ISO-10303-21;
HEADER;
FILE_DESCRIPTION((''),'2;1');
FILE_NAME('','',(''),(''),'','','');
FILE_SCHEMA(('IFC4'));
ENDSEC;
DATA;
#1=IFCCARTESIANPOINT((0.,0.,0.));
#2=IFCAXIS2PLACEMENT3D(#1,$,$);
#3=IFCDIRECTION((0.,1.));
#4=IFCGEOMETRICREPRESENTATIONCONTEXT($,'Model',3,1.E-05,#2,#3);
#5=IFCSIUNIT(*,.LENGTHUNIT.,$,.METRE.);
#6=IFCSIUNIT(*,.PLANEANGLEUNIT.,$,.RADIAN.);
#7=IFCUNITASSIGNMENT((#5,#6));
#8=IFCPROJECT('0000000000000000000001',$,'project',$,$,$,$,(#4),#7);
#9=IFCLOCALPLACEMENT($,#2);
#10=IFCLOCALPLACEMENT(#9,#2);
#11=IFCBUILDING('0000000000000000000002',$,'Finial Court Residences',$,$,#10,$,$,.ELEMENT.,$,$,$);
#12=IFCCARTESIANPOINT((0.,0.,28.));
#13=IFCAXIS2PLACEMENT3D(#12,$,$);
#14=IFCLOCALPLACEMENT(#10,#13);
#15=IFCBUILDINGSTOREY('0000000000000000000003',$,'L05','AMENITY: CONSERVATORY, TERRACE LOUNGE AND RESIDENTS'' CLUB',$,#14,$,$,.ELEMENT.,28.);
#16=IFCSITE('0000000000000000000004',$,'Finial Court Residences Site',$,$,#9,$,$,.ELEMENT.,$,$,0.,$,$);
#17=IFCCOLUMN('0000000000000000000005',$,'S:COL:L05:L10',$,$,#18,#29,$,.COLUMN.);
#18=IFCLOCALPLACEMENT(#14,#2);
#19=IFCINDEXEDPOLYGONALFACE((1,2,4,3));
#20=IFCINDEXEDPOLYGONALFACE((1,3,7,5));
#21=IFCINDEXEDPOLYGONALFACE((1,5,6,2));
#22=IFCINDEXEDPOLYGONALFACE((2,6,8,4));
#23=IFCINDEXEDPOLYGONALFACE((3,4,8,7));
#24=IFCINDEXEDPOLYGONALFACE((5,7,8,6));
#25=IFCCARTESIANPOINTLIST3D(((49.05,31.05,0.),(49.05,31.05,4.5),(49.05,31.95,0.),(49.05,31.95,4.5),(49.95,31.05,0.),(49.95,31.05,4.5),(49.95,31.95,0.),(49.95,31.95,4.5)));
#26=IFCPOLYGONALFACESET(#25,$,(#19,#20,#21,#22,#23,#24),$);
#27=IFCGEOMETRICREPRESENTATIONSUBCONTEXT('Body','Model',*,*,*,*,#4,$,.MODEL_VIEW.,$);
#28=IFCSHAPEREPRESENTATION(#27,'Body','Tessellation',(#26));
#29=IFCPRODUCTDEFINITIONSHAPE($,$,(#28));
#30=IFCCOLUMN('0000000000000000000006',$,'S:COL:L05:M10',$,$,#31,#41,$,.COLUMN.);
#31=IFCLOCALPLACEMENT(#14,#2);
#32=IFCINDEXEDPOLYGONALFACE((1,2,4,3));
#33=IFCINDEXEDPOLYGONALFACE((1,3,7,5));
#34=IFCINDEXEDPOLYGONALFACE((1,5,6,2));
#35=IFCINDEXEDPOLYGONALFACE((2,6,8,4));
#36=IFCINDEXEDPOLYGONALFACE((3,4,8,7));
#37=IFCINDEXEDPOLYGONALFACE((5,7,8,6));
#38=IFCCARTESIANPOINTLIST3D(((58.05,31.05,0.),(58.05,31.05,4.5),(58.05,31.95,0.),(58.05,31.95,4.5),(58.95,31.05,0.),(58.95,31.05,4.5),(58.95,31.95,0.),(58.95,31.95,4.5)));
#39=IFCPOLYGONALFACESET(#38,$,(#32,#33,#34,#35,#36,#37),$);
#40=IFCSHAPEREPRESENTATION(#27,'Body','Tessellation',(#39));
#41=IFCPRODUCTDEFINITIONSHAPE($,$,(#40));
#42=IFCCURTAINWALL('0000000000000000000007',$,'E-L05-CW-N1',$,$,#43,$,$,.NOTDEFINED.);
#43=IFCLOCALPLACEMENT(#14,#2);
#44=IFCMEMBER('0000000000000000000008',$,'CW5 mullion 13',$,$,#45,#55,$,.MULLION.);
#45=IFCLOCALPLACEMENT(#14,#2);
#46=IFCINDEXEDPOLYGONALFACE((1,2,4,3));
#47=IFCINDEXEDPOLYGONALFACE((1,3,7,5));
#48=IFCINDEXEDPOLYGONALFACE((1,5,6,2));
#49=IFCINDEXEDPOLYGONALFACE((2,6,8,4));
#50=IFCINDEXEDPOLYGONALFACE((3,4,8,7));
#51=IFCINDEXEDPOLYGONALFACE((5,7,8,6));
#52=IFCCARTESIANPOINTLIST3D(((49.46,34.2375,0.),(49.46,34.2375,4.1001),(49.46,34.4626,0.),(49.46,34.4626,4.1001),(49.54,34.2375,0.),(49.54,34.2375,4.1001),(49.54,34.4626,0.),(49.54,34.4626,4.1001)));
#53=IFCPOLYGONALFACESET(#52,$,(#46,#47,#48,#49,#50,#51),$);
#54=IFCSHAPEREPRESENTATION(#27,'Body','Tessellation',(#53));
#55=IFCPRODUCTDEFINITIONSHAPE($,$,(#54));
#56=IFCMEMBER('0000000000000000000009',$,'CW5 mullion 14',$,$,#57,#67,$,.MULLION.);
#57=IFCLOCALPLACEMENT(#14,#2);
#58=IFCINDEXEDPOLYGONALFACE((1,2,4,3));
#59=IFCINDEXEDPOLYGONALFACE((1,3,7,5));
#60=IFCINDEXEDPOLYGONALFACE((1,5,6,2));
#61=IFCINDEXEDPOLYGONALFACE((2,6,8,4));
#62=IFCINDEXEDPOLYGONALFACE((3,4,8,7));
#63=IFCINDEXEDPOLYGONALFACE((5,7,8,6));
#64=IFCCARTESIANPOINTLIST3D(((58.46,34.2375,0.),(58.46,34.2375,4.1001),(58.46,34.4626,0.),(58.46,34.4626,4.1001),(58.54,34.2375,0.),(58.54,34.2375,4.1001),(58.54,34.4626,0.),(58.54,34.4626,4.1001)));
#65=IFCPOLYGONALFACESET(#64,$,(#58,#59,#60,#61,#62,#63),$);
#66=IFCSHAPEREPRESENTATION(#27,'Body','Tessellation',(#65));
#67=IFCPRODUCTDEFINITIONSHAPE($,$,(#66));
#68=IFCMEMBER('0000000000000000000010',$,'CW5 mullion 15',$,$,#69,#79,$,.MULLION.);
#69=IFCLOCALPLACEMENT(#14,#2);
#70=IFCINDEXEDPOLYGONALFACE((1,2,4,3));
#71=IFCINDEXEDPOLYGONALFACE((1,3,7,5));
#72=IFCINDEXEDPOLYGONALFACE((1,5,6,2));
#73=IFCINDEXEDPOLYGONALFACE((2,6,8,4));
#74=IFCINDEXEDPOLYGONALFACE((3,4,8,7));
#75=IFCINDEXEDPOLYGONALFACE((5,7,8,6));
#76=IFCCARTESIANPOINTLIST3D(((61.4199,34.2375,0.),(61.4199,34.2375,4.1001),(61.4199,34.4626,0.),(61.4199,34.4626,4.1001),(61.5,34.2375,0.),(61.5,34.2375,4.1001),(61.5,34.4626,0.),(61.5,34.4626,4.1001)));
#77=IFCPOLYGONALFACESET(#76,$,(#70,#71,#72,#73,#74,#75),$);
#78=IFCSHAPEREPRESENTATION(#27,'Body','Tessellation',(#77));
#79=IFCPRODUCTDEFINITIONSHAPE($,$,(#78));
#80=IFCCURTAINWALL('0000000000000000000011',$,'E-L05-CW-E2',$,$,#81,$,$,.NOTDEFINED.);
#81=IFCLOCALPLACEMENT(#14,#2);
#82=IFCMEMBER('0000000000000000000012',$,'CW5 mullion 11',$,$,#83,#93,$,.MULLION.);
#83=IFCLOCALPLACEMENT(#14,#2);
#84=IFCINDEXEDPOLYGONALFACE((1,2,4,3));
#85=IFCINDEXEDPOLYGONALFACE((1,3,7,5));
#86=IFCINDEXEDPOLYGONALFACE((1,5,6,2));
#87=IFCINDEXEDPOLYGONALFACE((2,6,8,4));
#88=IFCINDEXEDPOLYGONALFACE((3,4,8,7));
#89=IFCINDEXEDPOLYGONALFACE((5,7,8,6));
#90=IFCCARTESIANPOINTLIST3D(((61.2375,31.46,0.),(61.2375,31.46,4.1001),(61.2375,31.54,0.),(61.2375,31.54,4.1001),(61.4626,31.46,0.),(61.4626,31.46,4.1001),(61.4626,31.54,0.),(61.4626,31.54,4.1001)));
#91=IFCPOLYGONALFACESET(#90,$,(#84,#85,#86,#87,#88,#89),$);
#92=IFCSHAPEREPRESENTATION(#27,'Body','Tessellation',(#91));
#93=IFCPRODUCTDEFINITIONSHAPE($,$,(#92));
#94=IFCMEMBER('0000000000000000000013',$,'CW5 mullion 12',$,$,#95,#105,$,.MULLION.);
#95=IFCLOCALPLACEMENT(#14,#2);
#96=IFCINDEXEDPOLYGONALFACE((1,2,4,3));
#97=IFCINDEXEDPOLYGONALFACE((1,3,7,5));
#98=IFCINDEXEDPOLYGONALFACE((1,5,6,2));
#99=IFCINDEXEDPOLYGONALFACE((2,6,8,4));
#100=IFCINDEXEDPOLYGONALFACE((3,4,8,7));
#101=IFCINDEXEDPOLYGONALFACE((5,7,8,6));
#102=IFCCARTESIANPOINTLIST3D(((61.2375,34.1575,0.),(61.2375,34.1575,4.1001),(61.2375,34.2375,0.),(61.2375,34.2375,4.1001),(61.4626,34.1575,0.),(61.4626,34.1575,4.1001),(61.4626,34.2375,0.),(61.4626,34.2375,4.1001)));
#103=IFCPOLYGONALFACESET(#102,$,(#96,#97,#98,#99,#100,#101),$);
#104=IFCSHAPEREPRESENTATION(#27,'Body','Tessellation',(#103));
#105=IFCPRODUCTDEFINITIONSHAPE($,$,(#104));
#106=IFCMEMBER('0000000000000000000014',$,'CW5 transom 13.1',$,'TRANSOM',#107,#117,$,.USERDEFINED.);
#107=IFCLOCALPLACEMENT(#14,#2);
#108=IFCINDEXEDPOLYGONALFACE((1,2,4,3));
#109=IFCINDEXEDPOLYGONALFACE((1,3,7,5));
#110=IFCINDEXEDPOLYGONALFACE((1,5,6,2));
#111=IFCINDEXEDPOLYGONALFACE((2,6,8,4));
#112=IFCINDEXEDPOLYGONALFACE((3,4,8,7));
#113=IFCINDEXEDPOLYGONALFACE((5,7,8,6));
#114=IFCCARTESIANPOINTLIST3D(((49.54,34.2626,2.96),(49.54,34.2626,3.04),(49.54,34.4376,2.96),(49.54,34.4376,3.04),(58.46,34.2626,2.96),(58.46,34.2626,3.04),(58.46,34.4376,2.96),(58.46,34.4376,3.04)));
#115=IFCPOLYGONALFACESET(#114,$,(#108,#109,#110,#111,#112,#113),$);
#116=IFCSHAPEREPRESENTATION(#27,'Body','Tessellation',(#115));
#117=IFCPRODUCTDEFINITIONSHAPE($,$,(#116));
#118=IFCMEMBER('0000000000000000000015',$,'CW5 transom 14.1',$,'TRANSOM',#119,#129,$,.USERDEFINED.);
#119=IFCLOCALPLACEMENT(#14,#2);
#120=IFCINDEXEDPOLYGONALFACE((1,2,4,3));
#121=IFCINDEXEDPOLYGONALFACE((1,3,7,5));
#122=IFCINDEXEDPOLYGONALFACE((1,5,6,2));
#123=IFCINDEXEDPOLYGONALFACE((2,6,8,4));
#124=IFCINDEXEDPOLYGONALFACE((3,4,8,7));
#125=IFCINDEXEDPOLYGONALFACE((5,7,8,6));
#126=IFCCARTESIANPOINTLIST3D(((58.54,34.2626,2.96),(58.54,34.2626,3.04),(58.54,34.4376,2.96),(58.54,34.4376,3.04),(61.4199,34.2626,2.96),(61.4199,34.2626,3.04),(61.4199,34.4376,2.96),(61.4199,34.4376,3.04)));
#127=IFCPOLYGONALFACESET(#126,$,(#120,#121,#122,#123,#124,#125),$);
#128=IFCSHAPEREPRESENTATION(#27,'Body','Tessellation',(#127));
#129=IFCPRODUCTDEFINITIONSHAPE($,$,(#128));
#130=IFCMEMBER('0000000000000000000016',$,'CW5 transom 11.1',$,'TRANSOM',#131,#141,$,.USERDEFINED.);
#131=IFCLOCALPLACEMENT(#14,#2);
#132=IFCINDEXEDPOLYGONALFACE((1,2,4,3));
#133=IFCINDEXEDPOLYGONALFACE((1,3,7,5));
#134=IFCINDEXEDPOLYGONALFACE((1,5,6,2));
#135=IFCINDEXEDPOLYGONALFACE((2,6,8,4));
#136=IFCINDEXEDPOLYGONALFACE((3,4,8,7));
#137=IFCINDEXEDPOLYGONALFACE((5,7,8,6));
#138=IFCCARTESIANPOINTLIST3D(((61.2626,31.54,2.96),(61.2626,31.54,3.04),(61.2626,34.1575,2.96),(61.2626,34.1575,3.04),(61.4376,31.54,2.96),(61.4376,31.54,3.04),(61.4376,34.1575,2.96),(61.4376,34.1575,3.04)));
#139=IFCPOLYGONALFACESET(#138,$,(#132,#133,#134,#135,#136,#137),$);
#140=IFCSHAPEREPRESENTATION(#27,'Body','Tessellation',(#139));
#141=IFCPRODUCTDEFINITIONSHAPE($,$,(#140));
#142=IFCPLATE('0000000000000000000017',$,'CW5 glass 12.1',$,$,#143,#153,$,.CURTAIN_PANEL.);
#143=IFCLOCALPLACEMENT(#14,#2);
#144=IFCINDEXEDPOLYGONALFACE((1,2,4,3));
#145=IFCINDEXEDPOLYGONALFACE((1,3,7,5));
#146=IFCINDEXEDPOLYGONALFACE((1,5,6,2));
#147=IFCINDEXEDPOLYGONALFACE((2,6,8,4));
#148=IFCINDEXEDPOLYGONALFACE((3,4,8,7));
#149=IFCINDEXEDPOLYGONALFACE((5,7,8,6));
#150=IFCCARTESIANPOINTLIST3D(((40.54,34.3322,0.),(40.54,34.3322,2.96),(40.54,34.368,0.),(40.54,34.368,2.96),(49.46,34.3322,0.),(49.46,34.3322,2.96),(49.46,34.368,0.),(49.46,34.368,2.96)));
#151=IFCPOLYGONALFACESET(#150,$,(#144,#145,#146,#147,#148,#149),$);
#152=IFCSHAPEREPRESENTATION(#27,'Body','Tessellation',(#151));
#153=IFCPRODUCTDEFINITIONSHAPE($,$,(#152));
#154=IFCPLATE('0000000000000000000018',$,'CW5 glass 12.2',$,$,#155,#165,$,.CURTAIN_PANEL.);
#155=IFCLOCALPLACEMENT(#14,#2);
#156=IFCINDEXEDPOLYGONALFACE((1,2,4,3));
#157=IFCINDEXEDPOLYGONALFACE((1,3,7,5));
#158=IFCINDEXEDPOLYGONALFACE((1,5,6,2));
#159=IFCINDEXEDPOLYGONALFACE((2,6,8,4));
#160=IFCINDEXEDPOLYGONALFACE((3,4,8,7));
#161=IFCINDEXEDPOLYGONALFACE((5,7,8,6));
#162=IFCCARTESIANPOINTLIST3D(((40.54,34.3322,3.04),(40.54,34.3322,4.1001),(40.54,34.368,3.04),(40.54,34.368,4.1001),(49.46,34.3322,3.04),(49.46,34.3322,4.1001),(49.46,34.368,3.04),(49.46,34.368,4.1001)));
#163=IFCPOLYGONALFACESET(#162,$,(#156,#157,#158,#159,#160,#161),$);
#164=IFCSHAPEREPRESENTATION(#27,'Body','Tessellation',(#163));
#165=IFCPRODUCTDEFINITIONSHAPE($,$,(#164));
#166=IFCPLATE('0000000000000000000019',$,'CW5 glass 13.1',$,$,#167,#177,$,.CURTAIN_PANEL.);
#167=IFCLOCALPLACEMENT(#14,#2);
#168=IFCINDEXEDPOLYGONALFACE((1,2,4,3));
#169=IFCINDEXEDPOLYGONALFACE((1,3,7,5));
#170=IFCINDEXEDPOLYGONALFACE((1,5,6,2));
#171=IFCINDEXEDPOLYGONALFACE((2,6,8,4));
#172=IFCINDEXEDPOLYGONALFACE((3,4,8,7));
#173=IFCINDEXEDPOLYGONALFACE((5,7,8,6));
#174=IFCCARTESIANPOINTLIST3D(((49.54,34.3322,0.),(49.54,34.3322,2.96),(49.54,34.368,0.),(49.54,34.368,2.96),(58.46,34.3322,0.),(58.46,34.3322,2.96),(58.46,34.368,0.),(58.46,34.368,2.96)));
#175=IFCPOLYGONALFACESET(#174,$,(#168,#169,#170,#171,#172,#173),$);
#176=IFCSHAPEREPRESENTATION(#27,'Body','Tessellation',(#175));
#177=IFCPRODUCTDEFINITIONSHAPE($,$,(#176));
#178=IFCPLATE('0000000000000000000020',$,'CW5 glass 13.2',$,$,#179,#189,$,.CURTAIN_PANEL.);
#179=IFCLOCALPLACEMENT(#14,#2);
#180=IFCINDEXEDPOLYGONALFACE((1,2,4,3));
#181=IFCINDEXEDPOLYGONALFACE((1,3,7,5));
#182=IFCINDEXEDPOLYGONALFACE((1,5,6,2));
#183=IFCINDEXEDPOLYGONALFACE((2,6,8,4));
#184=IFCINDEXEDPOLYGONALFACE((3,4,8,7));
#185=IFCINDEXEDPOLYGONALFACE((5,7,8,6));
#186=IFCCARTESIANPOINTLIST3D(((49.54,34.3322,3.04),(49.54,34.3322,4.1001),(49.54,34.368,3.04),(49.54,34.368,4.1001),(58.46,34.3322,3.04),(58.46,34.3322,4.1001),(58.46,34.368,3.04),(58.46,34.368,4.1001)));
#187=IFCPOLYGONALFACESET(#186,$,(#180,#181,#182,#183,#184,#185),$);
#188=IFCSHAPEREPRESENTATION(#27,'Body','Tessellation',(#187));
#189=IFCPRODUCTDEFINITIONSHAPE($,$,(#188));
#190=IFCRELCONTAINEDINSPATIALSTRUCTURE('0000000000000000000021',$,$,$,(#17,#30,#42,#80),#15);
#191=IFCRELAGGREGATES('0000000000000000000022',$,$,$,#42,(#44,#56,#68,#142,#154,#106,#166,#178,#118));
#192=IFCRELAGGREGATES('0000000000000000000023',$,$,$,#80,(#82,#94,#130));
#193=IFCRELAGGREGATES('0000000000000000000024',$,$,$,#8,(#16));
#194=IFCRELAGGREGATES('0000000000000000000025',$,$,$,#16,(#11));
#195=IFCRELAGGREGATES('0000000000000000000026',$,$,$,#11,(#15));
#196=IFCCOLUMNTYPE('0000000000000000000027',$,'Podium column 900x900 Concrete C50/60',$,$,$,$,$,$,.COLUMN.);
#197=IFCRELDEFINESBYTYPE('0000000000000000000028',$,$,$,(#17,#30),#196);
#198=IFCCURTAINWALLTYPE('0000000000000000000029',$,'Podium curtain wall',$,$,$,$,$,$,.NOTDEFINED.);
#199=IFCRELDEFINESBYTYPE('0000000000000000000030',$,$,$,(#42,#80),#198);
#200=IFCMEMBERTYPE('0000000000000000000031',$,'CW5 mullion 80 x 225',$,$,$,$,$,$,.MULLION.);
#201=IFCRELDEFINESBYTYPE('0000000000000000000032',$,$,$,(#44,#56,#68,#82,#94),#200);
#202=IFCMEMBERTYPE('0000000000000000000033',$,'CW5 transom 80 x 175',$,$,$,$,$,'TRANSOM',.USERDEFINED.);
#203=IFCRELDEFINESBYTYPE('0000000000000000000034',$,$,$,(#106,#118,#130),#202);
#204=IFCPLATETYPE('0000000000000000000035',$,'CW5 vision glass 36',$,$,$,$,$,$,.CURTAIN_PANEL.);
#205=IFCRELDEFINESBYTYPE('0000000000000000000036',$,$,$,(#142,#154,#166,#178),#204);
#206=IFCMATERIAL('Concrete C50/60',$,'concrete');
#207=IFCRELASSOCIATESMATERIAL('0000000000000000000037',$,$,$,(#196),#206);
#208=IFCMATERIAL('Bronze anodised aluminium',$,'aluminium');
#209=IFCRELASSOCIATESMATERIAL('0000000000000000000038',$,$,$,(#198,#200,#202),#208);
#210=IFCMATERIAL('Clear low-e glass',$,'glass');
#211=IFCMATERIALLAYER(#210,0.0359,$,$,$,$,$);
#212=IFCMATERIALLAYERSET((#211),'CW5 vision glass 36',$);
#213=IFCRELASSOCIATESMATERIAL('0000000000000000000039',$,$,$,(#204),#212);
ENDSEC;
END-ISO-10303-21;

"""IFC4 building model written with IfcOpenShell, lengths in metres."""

from ifc_helpers import new_model, si_unit, direction, frame, origin, origin_2d, place, context, subcontext, project, spatial, rectangle, extrude, material, layer, layer_set, material_profile, profile_set, type_object, element, aggregate, save


model = new_model("IFC4")

# Units and contexts
model_context = context("Model", 3, precision=1e-05, world=origin(), true_north=direction((0.0, 1.0)))
body_context = subcontext(model_context, "Body", "Model", "MODEL_VIEW")
ifc_project = project(units=[si_unit("LENGTHUNIT", "METRE"), si_unit("PLANEANGLEUNIT", "RADIAN")], contexts=[model_context])

# Site, building, storey
site_placement = place(None, origin())
site = spatial("IfcSite", under=ifc_project, at=site_placement, Name="Finial Court Residences Site", CompositionType="ELEMENT", RefElevation=0.0)
building_placement = place(site_placement, origin())
building = spatial("IfcBuilding", under=site, at=building_placement, Name="Finial Court Residences", CompositionType="ELEMENT")
storey_placement = place(building_placement, frame((0.0, 0.0, 28.0)))
storey = spatial("IfcBuildingStorey", under=building, at=storey_placement, Name="L05", Description="AMENITY: CONSERVATORY, TERRACE LOUNGE AND RESIDENTS' CLUB", CompositionType="ELEMENT", Elevation=28.0)

# Columns
ifc_material_1 = material(Name="Concrete C50/60", Category="concrete")
ifc_material_profile_1 = material_profile(ifc_material_1, rectangle(XDim=0.8999, YDim=0.8999, at=origin_2d()), Name="900x900")
ifc_profile_set_1 = profile_set([ifc_material_profile_1], Name="Concrete C50/60")
column_type = type_object("IfcColumnType", Name="Podium column 900x900 Concrete C50/60", PredefinedType="COLUMN", material=ifc_profile_set_1)
for number, where, z_axis, x_axis, name in (
    (1, (49.5, 31.5, 0.0), (0.0, 0.0, 1.0), (1.0, 0.0, 0.0), "S:COL:L05:L10"),
    (2, (58.5, 31.5, 0.0), (0.0, 0.0, 1.0), (1.0, 0.0, 0.0), "S:COL:L05:M10"),
):
    element("IfcColumn", number, at=place(storey_placement, frame(where, z_axis=z_axis, x_axis=x_axis)), inside=storey, type_object=column_type, Name=name, PredefinedType="COLUMN", context=body_context, shape_type="SweptSolid", body=[
        extrude(rectangle(XDim=0.8999, YDim=0.8999, at=origin_2d()), origin(), (0.0, 0.0, 1.0), 4.5),
    ])

# Curtain walls, members
ifc_material_2 = material(Name="Bronze anodised aluminium", Category="aluminium")
curtain_wall_type = type_object("IfcCurtainWallType", Name="Podium curtain wall", PredefinedType="NOTDEFINED", material=ifc_material_2)
curtain_wall_1_placement = place(storey_placement, origin())
curtain_wall_1 = element("IfcCurtainWall", 3, at=curtain_wall_1_placement, inside=storey, type_object=curtain_wall_type, Name="E-L05-CW-N1", PredefinedType="NOTDEFINED")
ifc_material_profile_2 = material_profile(ifc_material_2, rectangle(XDim=0.2251, YDim=0.0801, at=origin_2d()), Name="CW5 mullion 80 x 225")
ifc_profile_set_2 = profile_set([ifc_material_profile_2], Name="Bronze anodised aluminium")
member_type_1 = type_object("IfcMemberType", Name="CW5 mullion 80 x 225", PredefinedType="MULLION", material=ifc_profile_set_2)
member_1_placement = place(storey_placement, frame((49.5, 34.3501, 0.0), z_axis=(0.0, 0.0, 1.0), x_axis=(0.0, 1.0, 0.0)))
member_1 = element("IfcMember", 4, at=member_1_placement, type_object=member_type_1, Name="CW5 mullion 13", PredefinedType="MULLION", context=body_context, shape_type="SweptSolid", body=[
    extrude(rectangle(XDim=0.2251, YDim=0.0801, at=origin_2d()), origin(), (0.0, 0.0, 1.0), 4.1001),
])
member_2_placement = place(storey_placement, frame((58.5, 34.3501, 0.0), z_axis=(0.0, 0.0, 1.0), x_axis=(0.0, 1.0, 0.0)))
member_2 = element("IfcMember", 5, at=member_2_placement, type_object=member_type_1, Name="CW5 mullion 14", PredefinedType="MULLION", context=body_context, shape_type="SweptSolid", body=[
    extrude(rectangle(XDim=0.2251, YDim=0.0801, at=origin_2d()), origin(), (0.0, 0.0, 1.0), 4.1001),
])
member_3_placement = place(storey_placement, frame((61.46, 34.3501, 0.0), z_axis=(0.0, 0.0, 1.0), x_axis=(0.0, 1.0, 0.0)))
member_3 = element("IfcMember", 6, at=member_3_placement, type_object=member_type_1, Name="CW5 mullion 15", PredefinedType="MULLION", context=body_context, shape_type="SweptSolid", body=[
    extrude(rectangle(XDim=0.2251, YDim=0.0801, at=origin_2d()), origin(), (0.0, 0.0, 1.0), 4.1001),
])
curtain_wall_2_placement = place(storey_placement, origin())
curtain_wall_2 = element("IfcCurtainWall", 7, at=curtain_wall_2_placement, inside=storey, type_object=curtain_wall_type, Name="E-L05-CW-E2", PredefinedType="NOTDEFINED")
member_4_placement = place(storey_placement, frame((61.3501, 31.5, 0.0), z_axis=(0.0, 0.0, 1.0), x_axis=(-1.0, 0.0, 0.0)))
member_4 = element("IfcMember", 8, at=member_4_placement, type_object=member_type_1, Name="CW5 mullion 11", PredefinedType="MULLION", context=body_context, shape_type="SweptSolid", body=[
    extrude(rectangle(XDim=0.2251, YDim=0.0801, at=origin_2d()), origin(), (0.0, 0.0, 1.0), 4.1001),
])
member_5_placement = place(storey_placement, frame((61.3501, 34.1975, 0.0), z_axis=(0.0, 0.0, 1.0), x_axis=(-1.0, 0.0, 0.0)))
member_5 = element("IfcMember", 9, at=member_5_placement, type_object=member_type_1, Name="CW5 mullion 12", PredefinedType="MULLION", context=body_context, shape_type="SweptSolid", body=[
    extrude(rectangle(XDim=0.2251, YDim=0.0801, at=origin_2d()), origin(), (0.0, 0.0, 1.0), 4.1001),
])

# Members
ifc_material_profile_3 = material_profile(ifc_material_2, rectangle(XDim=0.175, YDim=0.0801, at=origin_2d()), Name="CW5 transom 80 x 175")
ifc_profile_set_3 = profile_set([ifc_material_profile_3], Name="Bronze anodised aluminium")
member_type_2 = type_object("IfcMemberType", Name="CW5 transom 80 x 175", ElementType="TRANSOM", PredefinedType="USERDEFINED", material=ifc_profile_set_3)
member_6_placement = place(storey_placement, frame((49.54, 34.3501, 3.0), z_axis=(1.0, 0.0, 0.0), x_axis=(0.0, 1.0, 0.0)))
member_6 = element("IfcMember", 10, at=member_6_placement, type_object=member_type_2, Name="CW5 transom 13.1", ObjectType="TRANSOM", PredefinedType="USERDEFINED", context=body_context, shape_type="SweptSolid", body=[
    extrude(rectangle(XDim=0.175, YDim=0.0801, at=origin_2d()), origin(), (0.0, 0.0, 1.0), 8.9199),
])
member_7_placement = place(storey_placement, frame((58.54, 34.3501, 3.0), z_axis=(1.0, 0.0, 0.0), x_axis=(0.0, 1.0, 0.0)))
member_7 = element("IfcMember", 11, at=member_7_placement, type_object=member_type_2, Name="CW5 transom 14.1", ObjectType="TRANSOM", PredefinedType="USERDEFINED", context=body_context, shape_type="SweptSolid", body=[
    extrude(rectangle(XDim=0.175, YDim=0.0801, at=origin_2d()), origin(), (0.0, 0.0, 1.0), 2.8799),
])
member_8_placement = place(storey_placement, frame((61.3501, 31.54, 3.0), z_axis=(0.0, 1.0, 0.0), x_axis=(-1.0, 0.0, 0.0)))
member_8 = element("IfcMember", 12, at=member_8_placement, type_object=member_type_2, Name="CW5 transom 11.1", ObjectType="TRANSOM", PredefinedType="USERDEFINED", context=body_context, shape_type="SweptSolid", body=[
    extrude(rectangle(XDim=0.175, YDim=0.0801, at=origin_2d()), origin(), (0.0, 0.0, 1.0), 2.6174),
])

# Plates
ifc_material_3 = material(Name="Clear low-e glass", Category="glass")
ifc_layer_1 = layer(ifc_material_3, 0.0359)
ifc_layer_set_1 = layer_set([ifc_layer_1], Name="CW5 vision glass 36")
plate_type = type_object("IfcPlateType", Name="CW5 vision glass 36", PredefinedType="CURTAIN_PANEL", material=ifc_layer_set_1)
plate_1_placement = place(storey_placement, frame((45.0, 34.3501, 0.0), z_axis=(0.0, 0.0, 1.0), x_axis=(1.0, 0.0, 0.0)))
plate_1 = element("IfcPlate", 13, at=plate_1_placement, type_object=plate_type, Name="CW5 glass 12.1", PredefinedType="CURTAIN_PANEL", context=body_context, shape_type="SweptSolid", body=[
    extrude(rectangle(XDim=8.9199, YDim=0.0359, at=origin_2d()), origin(), (0.0, 0.0, 1.0), 2.96),
])
plate_2_placement = place(storey_placement, frame((45.0, 34.3501, 3.04), z_axis=(0.0, 0.0, 1.0), x_axis=(1.0, 0.0, 0.0)))
plate_2 = element("IfcPlate", 14, at=plate_2_placement, type_object=plate_type, Name="CW5 glass 12.2", PredefinedType="CURTAIN_PANEL", context=body_context, shape_type="SweptSolid", body=[
    extrude(rectangle(XDim=8.9199, YDim=0.0359, at=origin_2d()), origin(), (0.0, 0.0, 1.0), 1.0601),
])
plate_3_placement = place(storey_placement, frame((54.0, 34.3501, 0.0), z_axis=(0.0, 0.0, 1.0), x_axis=(1.0, 0.0, 0.0)))
plate_3 = element("IfcPlate", 15, at=plate_3_placement, type_object=plate_type, Name="CW5 glass 13.1", PredefinedType="CURTAIN_PANEL", context=body_context, shape_type="SweptSolid", body=[
    extrude(rectangle(XDim=8.9199, YDim=0.0359, at=origin_2d()), origin(), (0.0, 0.0, 1.0), 2.96),
])
plate_4_placement = place(storey_placement, frame((54.0, 34.3501, 3.04), z_axis=(0.0, 0.0, 1.0), x_axis=(1.0, 0.0, 0.0)))
plate_4 = element("IfcPlate", 16, at=plate_4_placement, type_object=plate_type, Name="CW5 glass 13.2", PredefinedType="CURTAIN_PANEL", context=body_context, shape_type="SweptSolid", body=[
    extrude(rectangle(XDim=8.9199, YDim=0.0359, at=origin_2d()), origin(), (0.0, 0.0, 1.0), 1.0601),
])
aggregate(curtain_wall_1, [member_1, member_2, member_3, plate_1, plate_2, member_6, plate_3, plate_4, member_7])
aggregate(curtain_wall_2, [member_4, member_5, member_8])

save(model, "model.ifc")
